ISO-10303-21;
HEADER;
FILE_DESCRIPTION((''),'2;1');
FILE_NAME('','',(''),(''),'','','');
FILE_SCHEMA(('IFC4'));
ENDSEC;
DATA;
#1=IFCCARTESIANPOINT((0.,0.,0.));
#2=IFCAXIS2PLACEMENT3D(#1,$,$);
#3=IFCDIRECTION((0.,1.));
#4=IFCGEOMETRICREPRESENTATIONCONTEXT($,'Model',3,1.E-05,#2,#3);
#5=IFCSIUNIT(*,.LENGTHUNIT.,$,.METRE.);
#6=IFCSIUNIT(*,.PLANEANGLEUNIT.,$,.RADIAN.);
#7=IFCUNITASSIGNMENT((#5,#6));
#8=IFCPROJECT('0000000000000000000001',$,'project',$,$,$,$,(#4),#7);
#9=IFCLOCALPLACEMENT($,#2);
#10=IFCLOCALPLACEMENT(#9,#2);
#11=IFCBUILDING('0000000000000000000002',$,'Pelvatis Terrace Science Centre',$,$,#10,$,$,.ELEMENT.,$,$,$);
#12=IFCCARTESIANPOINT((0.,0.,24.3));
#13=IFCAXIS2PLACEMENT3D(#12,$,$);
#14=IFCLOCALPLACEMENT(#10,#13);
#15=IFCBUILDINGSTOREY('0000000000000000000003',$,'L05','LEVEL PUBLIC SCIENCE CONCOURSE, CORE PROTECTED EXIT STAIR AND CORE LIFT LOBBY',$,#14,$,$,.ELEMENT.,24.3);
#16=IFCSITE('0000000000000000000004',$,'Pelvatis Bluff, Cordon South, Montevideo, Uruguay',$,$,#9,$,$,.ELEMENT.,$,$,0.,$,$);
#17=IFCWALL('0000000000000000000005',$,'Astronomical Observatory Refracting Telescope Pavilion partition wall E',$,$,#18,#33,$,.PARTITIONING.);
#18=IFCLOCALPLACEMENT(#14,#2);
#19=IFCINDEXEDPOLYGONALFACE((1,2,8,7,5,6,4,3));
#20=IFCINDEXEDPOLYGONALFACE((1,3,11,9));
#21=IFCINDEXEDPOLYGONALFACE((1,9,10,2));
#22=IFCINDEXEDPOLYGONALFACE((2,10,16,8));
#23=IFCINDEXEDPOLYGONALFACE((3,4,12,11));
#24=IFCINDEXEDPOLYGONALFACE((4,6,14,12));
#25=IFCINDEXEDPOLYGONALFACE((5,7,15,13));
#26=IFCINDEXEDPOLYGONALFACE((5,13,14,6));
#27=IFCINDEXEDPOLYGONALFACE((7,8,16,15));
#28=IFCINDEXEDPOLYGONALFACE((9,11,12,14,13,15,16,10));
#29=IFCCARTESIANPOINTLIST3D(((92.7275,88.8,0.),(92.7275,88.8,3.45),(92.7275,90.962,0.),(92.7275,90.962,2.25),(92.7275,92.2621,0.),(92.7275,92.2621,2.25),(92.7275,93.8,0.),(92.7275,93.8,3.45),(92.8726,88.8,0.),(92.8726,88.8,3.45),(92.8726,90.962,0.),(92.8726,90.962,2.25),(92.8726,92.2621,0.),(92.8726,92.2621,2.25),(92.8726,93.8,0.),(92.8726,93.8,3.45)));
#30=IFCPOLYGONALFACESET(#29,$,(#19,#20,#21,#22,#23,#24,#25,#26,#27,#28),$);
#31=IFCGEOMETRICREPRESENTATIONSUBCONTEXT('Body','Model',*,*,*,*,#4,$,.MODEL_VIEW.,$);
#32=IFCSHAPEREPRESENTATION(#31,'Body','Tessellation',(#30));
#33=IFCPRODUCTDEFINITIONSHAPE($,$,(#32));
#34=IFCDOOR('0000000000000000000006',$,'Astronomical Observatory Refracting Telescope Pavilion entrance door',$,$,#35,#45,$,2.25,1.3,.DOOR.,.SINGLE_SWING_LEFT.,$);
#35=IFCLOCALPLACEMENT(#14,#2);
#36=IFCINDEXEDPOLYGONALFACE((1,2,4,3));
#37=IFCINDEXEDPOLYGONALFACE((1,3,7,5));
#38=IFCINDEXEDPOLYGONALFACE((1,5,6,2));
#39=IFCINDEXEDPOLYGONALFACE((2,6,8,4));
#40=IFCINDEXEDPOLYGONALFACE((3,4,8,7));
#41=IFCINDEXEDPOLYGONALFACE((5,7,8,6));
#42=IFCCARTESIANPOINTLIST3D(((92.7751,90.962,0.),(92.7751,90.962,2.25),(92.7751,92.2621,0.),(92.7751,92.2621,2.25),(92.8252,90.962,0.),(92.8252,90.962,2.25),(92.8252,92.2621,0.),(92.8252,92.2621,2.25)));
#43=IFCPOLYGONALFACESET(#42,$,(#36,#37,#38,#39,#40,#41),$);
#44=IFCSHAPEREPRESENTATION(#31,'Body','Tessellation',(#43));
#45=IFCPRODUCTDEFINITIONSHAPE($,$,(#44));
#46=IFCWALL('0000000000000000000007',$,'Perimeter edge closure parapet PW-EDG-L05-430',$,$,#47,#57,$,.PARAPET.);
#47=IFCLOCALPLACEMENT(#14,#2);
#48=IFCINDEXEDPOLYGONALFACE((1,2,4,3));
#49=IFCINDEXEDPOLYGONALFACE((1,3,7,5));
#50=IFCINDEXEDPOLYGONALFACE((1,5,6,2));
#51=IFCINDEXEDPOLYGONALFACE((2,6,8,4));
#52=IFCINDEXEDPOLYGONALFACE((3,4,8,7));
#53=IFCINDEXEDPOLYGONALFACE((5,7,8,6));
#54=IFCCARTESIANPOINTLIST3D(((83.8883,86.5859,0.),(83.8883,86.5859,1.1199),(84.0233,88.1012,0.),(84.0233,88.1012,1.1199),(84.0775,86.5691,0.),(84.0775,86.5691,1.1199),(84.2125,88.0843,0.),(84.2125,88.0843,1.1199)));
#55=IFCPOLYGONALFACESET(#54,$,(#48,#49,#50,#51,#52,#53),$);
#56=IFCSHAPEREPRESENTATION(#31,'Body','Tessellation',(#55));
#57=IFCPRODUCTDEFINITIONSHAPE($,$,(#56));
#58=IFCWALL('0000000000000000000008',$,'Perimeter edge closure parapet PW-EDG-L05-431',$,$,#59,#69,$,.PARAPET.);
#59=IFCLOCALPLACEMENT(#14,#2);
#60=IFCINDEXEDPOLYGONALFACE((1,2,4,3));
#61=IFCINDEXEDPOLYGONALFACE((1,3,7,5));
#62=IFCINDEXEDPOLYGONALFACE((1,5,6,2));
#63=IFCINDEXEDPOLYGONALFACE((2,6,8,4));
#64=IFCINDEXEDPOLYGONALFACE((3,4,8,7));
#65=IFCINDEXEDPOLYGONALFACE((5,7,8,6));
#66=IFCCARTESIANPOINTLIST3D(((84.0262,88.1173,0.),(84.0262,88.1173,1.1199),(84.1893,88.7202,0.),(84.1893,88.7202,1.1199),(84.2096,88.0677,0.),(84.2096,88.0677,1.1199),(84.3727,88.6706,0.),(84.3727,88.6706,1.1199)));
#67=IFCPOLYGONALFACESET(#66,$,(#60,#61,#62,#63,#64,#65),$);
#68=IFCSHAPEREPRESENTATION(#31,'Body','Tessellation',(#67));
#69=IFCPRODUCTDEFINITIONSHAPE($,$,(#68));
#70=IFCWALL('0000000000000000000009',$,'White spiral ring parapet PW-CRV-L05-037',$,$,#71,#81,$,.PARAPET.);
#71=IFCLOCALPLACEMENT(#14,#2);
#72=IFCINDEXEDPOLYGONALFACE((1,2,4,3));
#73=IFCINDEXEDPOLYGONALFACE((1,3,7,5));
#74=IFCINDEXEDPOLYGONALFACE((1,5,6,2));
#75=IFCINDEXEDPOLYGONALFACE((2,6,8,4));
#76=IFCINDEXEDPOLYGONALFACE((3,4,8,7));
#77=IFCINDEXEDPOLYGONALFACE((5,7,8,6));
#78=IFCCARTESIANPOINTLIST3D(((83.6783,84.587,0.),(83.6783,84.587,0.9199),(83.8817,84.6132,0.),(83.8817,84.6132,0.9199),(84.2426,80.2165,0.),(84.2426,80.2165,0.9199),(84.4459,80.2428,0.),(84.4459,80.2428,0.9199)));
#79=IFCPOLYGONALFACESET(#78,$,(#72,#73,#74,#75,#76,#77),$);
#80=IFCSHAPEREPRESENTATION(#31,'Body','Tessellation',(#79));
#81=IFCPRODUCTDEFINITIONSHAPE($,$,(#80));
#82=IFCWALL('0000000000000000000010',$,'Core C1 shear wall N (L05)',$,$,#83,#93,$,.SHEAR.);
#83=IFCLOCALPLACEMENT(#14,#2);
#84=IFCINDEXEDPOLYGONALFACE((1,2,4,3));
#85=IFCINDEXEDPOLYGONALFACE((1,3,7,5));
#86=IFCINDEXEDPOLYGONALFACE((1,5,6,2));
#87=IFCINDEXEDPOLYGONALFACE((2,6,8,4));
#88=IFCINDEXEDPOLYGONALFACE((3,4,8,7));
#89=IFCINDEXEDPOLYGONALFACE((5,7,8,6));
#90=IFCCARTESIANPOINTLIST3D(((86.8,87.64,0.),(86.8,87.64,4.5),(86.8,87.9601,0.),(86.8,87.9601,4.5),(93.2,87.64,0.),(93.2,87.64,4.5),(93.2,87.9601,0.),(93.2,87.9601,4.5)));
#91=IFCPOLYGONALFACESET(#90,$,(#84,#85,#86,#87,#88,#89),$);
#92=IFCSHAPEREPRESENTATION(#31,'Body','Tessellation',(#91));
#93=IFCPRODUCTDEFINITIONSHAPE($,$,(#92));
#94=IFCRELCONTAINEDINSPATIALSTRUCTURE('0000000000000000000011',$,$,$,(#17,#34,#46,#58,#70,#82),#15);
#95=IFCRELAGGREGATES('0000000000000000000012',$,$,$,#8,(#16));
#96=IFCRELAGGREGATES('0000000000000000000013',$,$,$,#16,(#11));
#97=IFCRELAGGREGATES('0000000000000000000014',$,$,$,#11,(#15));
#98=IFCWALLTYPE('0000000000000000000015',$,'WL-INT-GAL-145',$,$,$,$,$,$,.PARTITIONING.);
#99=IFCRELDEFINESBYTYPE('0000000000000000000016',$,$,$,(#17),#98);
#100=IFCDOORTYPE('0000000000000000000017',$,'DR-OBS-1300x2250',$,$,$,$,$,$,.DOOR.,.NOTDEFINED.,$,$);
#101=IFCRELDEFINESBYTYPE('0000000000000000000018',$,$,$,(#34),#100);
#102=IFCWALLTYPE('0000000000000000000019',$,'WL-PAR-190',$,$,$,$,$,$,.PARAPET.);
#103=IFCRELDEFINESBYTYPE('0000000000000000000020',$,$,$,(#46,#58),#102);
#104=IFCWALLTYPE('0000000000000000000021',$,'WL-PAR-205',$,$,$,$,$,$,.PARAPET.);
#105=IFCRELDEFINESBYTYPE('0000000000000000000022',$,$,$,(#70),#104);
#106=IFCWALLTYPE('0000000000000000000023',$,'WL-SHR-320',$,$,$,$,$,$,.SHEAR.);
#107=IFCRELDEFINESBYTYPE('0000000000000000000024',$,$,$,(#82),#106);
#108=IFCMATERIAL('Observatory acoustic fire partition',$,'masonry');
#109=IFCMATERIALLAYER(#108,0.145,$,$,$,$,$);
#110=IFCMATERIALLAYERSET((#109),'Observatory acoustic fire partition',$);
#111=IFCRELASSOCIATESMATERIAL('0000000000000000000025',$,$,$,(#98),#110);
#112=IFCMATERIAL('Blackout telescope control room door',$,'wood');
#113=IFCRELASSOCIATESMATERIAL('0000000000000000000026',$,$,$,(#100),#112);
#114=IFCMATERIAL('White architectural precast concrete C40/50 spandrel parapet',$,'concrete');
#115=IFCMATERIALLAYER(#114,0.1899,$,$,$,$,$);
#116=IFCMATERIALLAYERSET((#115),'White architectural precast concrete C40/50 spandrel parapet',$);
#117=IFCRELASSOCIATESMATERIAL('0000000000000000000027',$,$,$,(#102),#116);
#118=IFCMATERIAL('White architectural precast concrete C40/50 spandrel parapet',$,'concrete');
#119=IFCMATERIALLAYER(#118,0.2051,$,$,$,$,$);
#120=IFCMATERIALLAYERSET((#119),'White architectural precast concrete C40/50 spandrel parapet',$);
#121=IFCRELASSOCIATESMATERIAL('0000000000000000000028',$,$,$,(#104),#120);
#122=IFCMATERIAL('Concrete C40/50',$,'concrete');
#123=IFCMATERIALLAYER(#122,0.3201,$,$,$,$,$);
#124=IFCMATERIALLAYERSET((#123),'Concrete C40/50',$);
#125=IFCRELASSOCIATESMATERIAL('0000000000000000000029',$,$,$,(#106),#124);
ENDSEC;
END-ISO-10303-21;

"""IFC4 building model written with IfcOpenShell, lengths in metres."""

from ifc_helpers import new_model, si_unit, direction, frame, frame_2d, origin, place, context, subcontext, project, spatial, rectangle, extrude, material, layer, layer_set, type_object, element, fill, save


model = new_model("IFC4")

# Units and contexts
model_context = context("Model", 3, precision=1e-05, world=origin(), true_north=direction((0.0, 1.0)))
body_context = subcontext(model_context, "Body", "Model", "MODEL_VIEW")
ifc_project = project(units=[si_unit("LENGTHUNIT", "METRE"), si_unit("PLANEANGLEUNIT", "RADIAN")], contexts=[model_context])

# Site, building, storey
site_placement = place(None, origin())
site = spatial("IfcSite", under=ifc_project, at=site_placement, Name="Pelvatis Bluff, Cordon South, Montevideo, Uruguay", CompositionType="ELEMENT", RefElevation=0.0)
building_placement = place(site_placement, origin())
building = spatial("IfcBuilding", under=site, at=building_placement, Name="Pelvatis Terrace Science Centre", CompositionType="ELEMENT")
storey_placement = place(building_placement, frame((0.0, 0.0, 24.3)))
storey = spatial("IfcBuildingStorey", under=building, at=storey_placement, Name="L05", Description="LEVEL PUBLIC SCIENCE CONCOURSE, CORE PROTECTED EXIT STAIR AND CORE LIFT LOBBY", CompositionType="ELEMENT", Elevation=24.3)

# Shared definitions
ifc_material_1 = material(Name="Observatory acoustic fire partition", Category="masonry")
ifc_layer_1 = layer(ifc_material_1, 0.145)
ifc_layer_set_1 = layer_set([ifc_layer_1], Name="Observatory acoustic fire partition")
wall_type_1 = type_object("IfcWallType", Name="WL-INT-GAL-145", PredefinedType="PARTITIONING", material=ifc_layer_set_1)

# Wall, opening, door
wall_1_placement = place(storey_placement, frame((92.8, 88.8, 0.0), z_axis=(0.0, 0.0, 1.0), x_axis=(0.0, 1.0, 0.0)))
wall_1 = element("IfcWall", 1, at=wall_1_placement, inside=storey, type_object=wall_type_1, Name="Astronomical Observatory Refracting Telescope Pavilion partition wall E", PredefinedType="PARTITIONING", context=body_context, shape_type="SweptSolid", body=[
    extrude(rectangle(XDim=5.0, YDim=0.145, at=frame_2d((2.5, 0.0))), origin(), (0.0, 0.0, 1.0), 3.45),
])
opening_placement = place(wall_1_placement, frame((2.1621, 0.0, 0.0)))
opening = element("IfcOpeningElement", 2, at=opening_placement, cuts=wall_1, PredefinedType="OPENING", context=body_context, shape_type="SweptSolid", body=[
    extrude(rectangle(XDim=1.3, YDim=2.25, at=frame_2d((0.6499, 1.125))), frame((0.0, 0.0825, 0.0), z_axis=(0.0, -1.0, 0.0), x_axis=(1.0, 0.0, 0.0)), (0.0, 0.0, 1.0), 0.165),
])
ifc_material_2 = material(Name="Blackout telescope control room door", Category="wood")
door_type = type_object("IfcDoorType", Name="DR-OBS-1300x2250", OperationType="NOTDEFINED", PredefinedType="DOOR", material=ifc_material_2)
door_placement = place(opening_placement, origin())
door = element("IfcDoor", 3, at=door_placement, inside=storey, type_object=door_type, Name="Astronomical Observatory Refracting Telescope Pavilion entrance door", OperationType="SINGLE_SWING_LEFT", OverallHeight=2.25, OverallWidth=1.3, PredefinedType="DOOR", context=body_context, shape_type="SweptSolid", body=[
    extrude(rectangle(XDim=1.3, YDim=2.25, at=frame_2d((0.6499, 1.125))), frame((0.0, 0.0249, 0.0), z_axis=(0.0, -1.0, 0.0), x_axis=(1.0, 0.0, 0.0)), (0.0, 0.0, 1.0), 0.05),
])
fill(opening, door)

# Walls
ifc_material_3 = material(Name="White architectural precast concrete C40/50 spandrel parapet", Category="concrete")
ifc_layer_2 = layer(ifc_material_3, 0.1899)
ifc_layer_set_2 = layer_set([ifc_layer_2], Name="White architectural precast concrete C40/50 spandrel parapet")
wall_type_2 = type_object("IfcWallType", Name="WL-PAR-190", PredefinedType="PARAPET", material=ifc_layer_set_2)
wall_2_placement = place(storey_placement, frame((83.9829, 86.5774, 0.0), z_axis=(0.0, 0.0, 1.0), x_axis=(0.088756, 0.996053, 0.0)))
element("IfcWall", 4, at=wall_2_placement, inside=storey, type_object=wall_type_2, Name="Perimeter edge closure parapet PW-EDG-L05-430", PredefinedType="PARAPET", context=body_context, shape_type="SweptSolid", body=[
    extrude(rectangle(XDim=1.5212, YDim=0.1899, at=frame_2d((0.7607, 0.0))), origin(), (0.0, 0.0, 1.0), 1.1199),
])
wall_3_placement = place(storey_placement, frame((84.1179, 88.0925, 0.0), z_axis=(0.0, 0.0, 1.0), x_axis=(0.261165, 0.965294, 0.0)))
element("IfcWall", 5, at=wall_3_placement, inside=storey, type_object=wall_type_2, Name="Perimeter edge closure parapet PW-EDG-L05-431", PredefinedType="PARAPET", context=body_context, shape_type="SweptSolid", body=[
    extrude(rectangle(XDim=0.6245, YDim=0.1899, at=frame_2d((0.3123, 0.0))), origin(), (0.0, 0.0, 1.0), 1.1199),
])
ifc_material_4 = material(Name="White architectural precast concrete C40/50 spandrel parapet", Category="concrete")
ifc_layer_3 = layer(ifc_material_4, 0.2051)
ifc_layer_set_3 = layer_set([ifc_layer_3], Name="White architectural precast concrete C40/50 spandrel parapet")
wall_type_3 = type_object("IfcWallType", Name="WL-PAR-205", PredefinedType="PARAPET", material=ifc_layer_set_3)
wall_4_placement = place(storey_placement, frame((83.78, 84.6001, 0.0), z_axis=(0.0, 0.0, 1.0), x_axis=(0.128036, -0.991769, 0.0)))
element("IfcWall", 6, at=wall_4_placement, inside=storey, type_object=wall_type_3, Name="White spiral ring parapet PW-CRV-L05-037", PredefinedType="PARAPET", context=body_context, shape_type="SweptSolid", body=[
    extrude(rectangle(XDim=4.4067, YDim=0.2051, at=frame_2d((2.2034, 0.0))), origin(), (0.0, 0.0, 1.0), 0.9199),
])
ifc_material_5 = material(Name="Concrete C40/50", Category="concrete")
ifc_layer_4 = layer(ifc_material_5, 0.3201)
ifc_layer_set_4 = layer_set([ifc_layer_4], Name="Concrete C40/50")
wall_type_4 = type_object("IfcWallType", Name="WL-SHR-320", PredefinedType="SHEAR", material=ifc_layer_set_4)
wall_5_placement = place(storey_placement, frame((86.8, 87.8, 0.0), z_axis=(0.0, 0.0, 1.0), x_axis=(1.0, 0.0, 0.0)))
element("IfcWall", 7, at=wall_5_placement, inside=storey, type_object=wall_type_4, Name="Core C1 shear wall N (L05)", PredefinedType="SHEAR", context=body_context, shape_type="SweptSolid", body=[
    extrude(rectangle(XDim=6.3999, YDim=0.3201, at=frame_2d((3.2, 0.0))), origin(), (0.0, 0.0, 1.0), 4.5),
])

save(model, "model.ifc")
